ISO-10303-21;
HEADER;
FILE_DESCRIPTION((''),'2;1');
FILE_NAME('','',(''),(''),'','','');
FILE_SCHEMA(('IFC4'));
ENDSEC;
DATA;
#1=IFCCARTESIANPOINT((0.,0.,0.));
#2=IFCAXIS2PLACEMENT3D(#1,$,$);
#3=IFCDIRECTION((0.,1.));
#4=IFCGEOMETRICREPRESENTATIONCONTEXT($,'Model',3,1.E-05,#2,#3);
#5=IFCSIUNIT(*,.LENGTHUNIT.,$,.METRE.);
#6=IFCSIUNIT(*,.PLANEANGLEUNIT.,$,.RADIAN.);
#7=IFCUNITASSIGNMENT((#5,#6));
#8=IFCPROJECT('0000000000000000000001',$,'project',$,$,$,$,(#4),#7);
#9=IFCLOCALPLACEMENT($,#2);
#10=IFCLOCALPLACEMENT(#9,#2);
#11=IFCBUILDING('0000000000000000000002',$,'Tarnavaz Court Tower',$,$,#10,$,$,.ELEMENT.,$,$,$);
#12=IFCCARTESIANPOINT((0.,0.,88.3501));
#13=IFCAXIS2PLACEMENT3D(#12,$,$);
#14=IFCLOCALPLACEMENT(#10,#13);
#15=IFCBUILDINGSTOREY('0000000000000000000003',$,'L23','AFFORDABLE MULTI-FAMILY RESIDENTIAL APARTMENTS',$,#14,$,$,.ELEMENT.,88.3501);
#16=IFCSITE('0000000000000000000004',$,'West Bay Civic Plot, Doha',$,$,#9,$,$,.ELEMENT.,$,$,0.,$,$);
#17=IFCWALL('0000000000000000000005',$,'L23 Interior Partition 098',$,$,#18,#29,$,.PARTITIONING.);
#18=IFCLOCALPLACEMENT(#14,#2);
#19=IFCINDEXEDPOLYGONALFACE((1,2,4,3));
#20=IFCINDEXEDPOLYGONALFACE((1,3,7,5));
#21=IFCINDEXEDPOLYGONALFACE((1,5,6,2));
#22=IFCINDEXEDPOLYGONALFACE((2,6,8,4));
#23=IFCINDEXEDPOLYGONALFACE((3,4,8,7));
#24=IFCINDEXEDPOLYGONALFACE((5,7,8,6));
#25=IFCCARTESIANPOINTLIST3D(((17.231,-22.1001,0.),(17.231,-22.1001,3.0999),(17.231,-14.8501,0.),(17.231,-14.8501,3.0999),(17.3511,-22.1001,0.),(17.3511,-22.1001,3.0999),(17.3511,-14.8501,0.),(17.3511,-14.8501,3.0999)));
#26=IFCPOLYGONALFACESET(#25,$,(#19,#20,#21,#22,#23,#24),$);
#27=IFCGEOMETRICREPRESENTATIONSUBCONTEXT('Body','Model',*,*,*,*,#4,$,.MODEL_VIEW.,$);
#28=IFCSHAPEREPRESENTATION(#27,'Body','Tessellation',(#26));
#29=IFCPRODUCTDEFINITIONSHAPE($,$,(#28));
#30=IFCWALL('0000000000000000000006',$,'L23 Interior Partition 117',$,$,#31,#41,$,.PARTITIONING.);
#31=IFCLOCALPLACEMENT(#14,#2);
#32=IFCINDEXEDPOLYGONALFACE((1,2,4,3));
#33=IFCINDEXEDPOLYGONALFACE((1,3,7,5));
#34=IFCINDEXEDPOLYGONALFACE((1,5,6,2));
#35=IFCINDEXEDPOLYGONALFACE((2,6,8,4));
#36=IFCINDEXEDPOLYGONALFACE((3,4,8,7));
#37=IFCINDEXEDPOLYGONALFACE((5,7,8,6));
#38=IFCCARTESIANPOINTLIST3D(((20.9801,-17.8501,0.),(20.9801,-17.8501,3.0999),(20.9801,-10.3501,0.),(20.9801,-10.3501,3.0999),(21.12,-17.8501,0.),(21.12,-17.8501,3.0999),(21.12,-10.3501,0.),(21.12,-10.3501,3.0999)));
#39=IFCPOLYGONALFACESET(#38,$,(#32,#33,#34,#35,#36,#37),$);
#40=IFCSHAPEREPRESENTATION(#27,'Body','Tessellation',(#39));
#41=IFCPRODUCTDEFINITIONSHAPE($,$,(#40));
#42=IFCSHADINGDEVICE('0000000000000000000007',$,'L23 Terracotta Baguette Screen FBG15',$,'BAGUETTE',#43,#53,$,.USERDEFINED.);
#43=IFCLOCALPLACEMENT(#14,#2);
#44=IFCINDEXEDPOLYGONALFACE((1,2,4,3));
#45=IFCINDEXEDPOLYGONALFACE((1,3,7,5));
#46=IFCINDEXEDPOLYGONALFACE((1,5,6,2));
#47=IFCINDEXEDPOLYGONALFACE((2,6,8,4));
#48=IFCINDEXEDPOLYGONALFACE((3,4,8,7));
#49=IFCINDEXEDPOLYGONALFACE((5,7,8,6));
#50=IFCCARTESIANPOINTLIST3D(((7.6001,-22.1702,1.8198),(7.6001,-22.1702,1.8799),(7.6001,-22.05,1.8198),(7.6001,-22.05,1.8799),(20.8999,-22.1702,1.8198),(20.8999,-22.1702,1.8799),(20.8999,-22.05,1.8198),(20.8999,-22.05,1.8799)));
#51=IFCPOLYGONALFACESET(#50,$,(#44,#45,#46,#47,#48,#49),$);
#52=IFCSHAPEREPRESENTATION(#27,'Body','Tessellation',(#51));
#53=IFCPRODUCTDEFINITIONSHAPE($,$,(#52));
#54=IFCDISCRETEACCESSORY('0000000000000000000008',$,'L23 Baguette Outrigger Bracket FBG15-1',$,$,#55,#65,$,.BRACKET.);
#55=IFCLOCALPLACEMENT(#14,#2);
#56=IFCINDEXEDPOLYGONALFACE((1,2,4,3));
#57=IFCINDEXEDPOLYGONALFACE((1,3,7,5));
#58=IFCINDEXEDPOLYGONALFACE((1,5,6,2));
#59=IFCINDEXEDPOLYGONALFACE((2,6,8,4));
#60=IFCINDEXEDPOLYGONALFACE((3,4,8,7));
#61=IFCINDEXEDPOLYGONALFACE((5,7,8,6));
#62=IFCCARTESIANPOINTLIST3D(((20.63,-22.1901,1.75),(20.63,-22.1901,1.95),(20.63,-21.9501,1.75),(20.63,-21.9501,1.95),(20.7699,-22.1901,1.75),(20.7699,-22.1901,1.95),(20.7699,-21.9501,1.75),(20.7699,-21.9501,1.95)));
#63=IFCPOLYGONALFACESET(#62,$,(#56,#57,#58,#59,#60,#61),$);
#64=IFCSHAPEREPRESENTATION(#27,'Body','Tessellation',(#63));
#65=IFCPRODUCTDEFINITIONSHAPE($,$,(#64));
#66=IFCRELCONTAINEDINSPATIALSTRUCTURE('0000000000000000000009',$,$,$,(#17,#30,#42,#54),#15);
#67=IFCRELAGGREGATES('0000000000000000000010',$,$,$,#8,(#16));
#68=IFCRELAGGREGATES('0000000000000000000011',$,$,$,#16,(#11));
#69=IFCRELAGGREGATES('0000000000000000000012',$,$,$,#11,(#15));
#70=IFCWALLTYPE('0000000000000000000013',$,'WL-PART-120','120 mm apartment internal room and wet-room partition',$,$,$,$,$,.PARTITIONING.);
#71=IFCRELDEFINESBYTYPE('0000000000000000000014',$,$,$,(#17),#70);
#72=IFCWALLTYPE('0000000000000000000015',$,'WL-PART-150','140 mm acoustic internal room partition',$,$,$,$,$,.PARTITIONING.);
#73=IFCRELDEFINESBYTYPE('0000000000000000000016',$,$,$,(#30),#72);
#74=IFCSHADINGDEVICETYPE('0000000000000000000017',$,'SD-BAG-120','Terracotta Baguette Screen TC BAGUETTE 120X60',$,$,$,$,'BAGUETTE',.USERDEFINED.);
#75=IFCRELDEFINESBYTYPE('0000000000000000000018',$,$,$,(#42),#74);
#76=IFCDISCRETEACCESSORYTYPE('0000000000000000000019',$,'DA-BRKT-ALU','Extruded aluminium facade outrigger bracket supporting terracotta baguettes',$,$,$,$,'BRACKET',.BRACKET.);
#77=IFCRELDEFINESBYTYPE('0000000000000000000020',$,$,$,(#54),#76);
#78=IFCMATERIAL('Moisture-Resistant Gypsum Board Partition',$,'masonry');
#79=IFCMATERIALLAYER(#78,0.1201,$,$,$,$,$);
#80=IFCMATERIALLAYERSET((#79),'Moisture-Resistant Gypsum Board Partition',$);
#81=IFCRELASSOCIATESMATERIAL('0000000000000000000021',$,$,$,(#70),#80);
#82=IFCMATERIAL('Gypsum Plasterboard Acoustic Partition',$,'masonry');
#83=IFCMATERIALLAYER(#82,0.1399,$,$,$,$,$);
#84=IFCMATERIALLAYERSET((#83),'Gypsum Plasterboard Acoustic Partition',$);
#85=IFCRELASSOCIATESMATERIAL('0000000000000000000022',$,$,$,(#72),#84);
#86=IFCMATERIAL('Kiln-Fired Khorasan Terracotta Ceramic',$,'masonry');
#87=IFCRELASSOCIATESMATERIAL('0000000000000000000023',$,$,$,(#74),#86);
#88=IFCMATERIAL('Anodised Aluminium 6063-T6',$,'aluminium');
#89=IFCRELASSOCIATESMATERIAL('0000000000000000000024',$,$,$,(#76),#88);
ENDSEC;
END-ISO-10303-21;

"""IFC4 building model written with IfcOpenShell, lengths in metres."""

from ifc_helpers import new_model, si_unit, direction, frame, frame_2d, origin, origin_2d, place, context, subcontext, project, spatial, rectangle, extrude, material, layer, layer_set, material_profile, profile_set, type_object, element, save


model = new_model("IFC4")

# Units and contexts
model_context = context("Model", 3, precision=1e-05, world=origin(), true_north=direction((0.0, 1.0)))
body_context = subcontext(model_context, "Body", "Model", "MODEL_VIEW")
ifc_project = project(units=[si_unit("LENGTHUNIT", "METRE"), si_unit("PLANEANGLEUNIT", "RADIAN")], contexts=[model_context])

# Site, building, storey
site_placement = place(None, origin())
site = spatial("IfcSite", under=ifc_project, at=site_placement, Name="West Bay Civic Plot, Doha", CompositionType="ELEMENT", RefElevation=0.0)
building_placement = place(site_placement, origin())
building = spatial("IfcBuilding", under=site, at=building_placement, Name="Tarnavaz Court Tower", CompositionType="ELEMENT")
storey_placement = place(building_placement, frame((0.0, 0.0, 88.3501)))
storey = spatial("IfcBuildingStorey", under=building, at=storey_placement, Name="L23", Description="AFFORDABLE MULTI-FAMILY RESIDENTIAL APARTMENTS", CompositionType="ELEMENT", Elevation=88.3501)

# Shared definitions
ifc_material_1 = material(Name="Moisture-Resistant Gypsum Board Partition", Category="masonry")
ifc_layer_1 = layer(ifc_material_1, 0.1201)
ifc_layer_set_1 = layer_set([ifc_layer_1], Name="Moisture-Resistant Gypsum Board Partition")
wall_type_1 = type_object("IfcWallType", Name="WL-PART-120", Description="120 mm apartment internal room and wet-room partition", PredefinedType="PARTITIONING", material=ifc_layer_set_1)

# Walls
wall_1_placement = place(storey_placement, frame((17.291, -22.1001, 0.0), z_axis=(0.0, 0.0, 1.0), x_axis=(0.0, 1.0, 0.0)))
element("IfcWall", 1, at=wall_1_placement, inside=storey, type_object=wall_type_1, Name="L23 Interior Partition 098", PredefinedType="PARTITIONING", context=body_context, shape_type="SweptSolid", body=[
    extrude(rectangle(XDim=7.25, YDim=0.1201, at=frame_2d((3.625, 0.0))), origin(), (0.0, 0.0, 1.0), 3.0999),
])
ifc_material_2 = material(Name="Gypsum Plasterboard Acoustic Partition", Category="masonry")
ifc_layer_2 = layer(ifc_material_2, 0.1399)
ifc_layer_set_2 = layer_set([ifc_layer_2], Name="Gypsum Plasterboard Acoustic Partition")
wall_type_2 = type_object("IfcWallType", Name="WL-PART-150", Description="140 mm acoustic internal room partition", PredefinedType="PARTITIONING", material=ifc_layer_set_2)
wall_2_placement = place(storey_placement, frame((21.05, -17.8501, 0.0), z_axis=(0.0, 0.0, 1.0), x_axis=(0.0, 1.0, 0.0)))
element("IfcWall", 2, at=wall_2_placement, inside=storey, type_object=wall_type_2, Name="L23 Interior Partition 117", PredefinedType="PARTITIONING", context=body_context, shape_type="SweptSolid", body=[
    extrude(rectangle(XDim=7.5, YDim=0.1399, at=frame_2d((3.75, 0.0))), origin(), (0.0, 0.0, 1.0), 3.0999),
])

# Shading device
ifc_material_3 = material(Name="Kiln-Fired Khorasan Terracotta Ceramic", Category="masonry")
ifc_material_profile_1 = material_profile(ifc_material_3, rectangle(XDim=0.1201, YDim=0.0601, at=origin_2d()), Name="TC BAGUETTE 120X60")
ifc_profile_set_1 = profile_set([ifc_material_profile_1], Name="Kiln-Fired Khorasan Terracotta Ceramic")
shading_device_type = type_object("IfcShadingDeviceType", Name="SD-BAG-120", Description="Terracotta Baguette Screen TC BAGUETTE 120X60", ElementType="BAGUETTE", PredefinedType="USERDEFINED", material=ifc_profile_set_1)
shading_device_placement = place(storey_placement, frame((20.8999, -22.1101, 1.8499), z_axis=(-1.0, 0.0, 0.0), x_axis=(0.0, -1.0, 0.0)))
element("IfcShadingDevice", 3, at=shading_device_placement, inside=storey, type_object=shading_device_type, Name="L23 Terracotta Baguette Screen FBG15", ObjectType="BAGUETTE", PredefinedType="USERDEFINED", context=body_context, shape_type="SweptSolid", body=[
    extrude(rectangle(XDim=0.1201, YDim=0.0601, at=origin_2d()), origin(), (0.0, 0.0, 1.0), 13.2998),
])

# Discrete accessory
ifc_material_4 = material(Name="Anodised Aluminium 6063-T6", Category="aluminium")
discrete_accessory_type = type_object("IfcDiscreteAccessoryType", Name="DA-BRKT-ALU", Description="Extruded aluminium facade outrigger bracket supporting terracotta baguettes", ElementType="BRACKET", PredefinedType="BRACKET", material=ifc_material_4)
discrete_accessory_placement = place(storey_placement, frame((20.7, -22.0701, 1.75), z_axis=(0.0, 0.0, 1.0), x_axis=(-1.0, 0.0, 0.0)))
element("IfcDiscreteAccessory", 4, at=discrete_accessory_placement, inside=storey, type_object=discrete_accessory_type, Name="L23 Baguette Outrigger Bracket FBG15-1", PredefinedType="BRACKET", context=body_context, shape_type="SweptSolid", body=[
    extrude(rectangle(XDim=0.1399, YDim=0.24, at=origin_2d()), origin(), (0.0, 0.0, 1.0), 0.2),
])

save(model, "model.ifc")
